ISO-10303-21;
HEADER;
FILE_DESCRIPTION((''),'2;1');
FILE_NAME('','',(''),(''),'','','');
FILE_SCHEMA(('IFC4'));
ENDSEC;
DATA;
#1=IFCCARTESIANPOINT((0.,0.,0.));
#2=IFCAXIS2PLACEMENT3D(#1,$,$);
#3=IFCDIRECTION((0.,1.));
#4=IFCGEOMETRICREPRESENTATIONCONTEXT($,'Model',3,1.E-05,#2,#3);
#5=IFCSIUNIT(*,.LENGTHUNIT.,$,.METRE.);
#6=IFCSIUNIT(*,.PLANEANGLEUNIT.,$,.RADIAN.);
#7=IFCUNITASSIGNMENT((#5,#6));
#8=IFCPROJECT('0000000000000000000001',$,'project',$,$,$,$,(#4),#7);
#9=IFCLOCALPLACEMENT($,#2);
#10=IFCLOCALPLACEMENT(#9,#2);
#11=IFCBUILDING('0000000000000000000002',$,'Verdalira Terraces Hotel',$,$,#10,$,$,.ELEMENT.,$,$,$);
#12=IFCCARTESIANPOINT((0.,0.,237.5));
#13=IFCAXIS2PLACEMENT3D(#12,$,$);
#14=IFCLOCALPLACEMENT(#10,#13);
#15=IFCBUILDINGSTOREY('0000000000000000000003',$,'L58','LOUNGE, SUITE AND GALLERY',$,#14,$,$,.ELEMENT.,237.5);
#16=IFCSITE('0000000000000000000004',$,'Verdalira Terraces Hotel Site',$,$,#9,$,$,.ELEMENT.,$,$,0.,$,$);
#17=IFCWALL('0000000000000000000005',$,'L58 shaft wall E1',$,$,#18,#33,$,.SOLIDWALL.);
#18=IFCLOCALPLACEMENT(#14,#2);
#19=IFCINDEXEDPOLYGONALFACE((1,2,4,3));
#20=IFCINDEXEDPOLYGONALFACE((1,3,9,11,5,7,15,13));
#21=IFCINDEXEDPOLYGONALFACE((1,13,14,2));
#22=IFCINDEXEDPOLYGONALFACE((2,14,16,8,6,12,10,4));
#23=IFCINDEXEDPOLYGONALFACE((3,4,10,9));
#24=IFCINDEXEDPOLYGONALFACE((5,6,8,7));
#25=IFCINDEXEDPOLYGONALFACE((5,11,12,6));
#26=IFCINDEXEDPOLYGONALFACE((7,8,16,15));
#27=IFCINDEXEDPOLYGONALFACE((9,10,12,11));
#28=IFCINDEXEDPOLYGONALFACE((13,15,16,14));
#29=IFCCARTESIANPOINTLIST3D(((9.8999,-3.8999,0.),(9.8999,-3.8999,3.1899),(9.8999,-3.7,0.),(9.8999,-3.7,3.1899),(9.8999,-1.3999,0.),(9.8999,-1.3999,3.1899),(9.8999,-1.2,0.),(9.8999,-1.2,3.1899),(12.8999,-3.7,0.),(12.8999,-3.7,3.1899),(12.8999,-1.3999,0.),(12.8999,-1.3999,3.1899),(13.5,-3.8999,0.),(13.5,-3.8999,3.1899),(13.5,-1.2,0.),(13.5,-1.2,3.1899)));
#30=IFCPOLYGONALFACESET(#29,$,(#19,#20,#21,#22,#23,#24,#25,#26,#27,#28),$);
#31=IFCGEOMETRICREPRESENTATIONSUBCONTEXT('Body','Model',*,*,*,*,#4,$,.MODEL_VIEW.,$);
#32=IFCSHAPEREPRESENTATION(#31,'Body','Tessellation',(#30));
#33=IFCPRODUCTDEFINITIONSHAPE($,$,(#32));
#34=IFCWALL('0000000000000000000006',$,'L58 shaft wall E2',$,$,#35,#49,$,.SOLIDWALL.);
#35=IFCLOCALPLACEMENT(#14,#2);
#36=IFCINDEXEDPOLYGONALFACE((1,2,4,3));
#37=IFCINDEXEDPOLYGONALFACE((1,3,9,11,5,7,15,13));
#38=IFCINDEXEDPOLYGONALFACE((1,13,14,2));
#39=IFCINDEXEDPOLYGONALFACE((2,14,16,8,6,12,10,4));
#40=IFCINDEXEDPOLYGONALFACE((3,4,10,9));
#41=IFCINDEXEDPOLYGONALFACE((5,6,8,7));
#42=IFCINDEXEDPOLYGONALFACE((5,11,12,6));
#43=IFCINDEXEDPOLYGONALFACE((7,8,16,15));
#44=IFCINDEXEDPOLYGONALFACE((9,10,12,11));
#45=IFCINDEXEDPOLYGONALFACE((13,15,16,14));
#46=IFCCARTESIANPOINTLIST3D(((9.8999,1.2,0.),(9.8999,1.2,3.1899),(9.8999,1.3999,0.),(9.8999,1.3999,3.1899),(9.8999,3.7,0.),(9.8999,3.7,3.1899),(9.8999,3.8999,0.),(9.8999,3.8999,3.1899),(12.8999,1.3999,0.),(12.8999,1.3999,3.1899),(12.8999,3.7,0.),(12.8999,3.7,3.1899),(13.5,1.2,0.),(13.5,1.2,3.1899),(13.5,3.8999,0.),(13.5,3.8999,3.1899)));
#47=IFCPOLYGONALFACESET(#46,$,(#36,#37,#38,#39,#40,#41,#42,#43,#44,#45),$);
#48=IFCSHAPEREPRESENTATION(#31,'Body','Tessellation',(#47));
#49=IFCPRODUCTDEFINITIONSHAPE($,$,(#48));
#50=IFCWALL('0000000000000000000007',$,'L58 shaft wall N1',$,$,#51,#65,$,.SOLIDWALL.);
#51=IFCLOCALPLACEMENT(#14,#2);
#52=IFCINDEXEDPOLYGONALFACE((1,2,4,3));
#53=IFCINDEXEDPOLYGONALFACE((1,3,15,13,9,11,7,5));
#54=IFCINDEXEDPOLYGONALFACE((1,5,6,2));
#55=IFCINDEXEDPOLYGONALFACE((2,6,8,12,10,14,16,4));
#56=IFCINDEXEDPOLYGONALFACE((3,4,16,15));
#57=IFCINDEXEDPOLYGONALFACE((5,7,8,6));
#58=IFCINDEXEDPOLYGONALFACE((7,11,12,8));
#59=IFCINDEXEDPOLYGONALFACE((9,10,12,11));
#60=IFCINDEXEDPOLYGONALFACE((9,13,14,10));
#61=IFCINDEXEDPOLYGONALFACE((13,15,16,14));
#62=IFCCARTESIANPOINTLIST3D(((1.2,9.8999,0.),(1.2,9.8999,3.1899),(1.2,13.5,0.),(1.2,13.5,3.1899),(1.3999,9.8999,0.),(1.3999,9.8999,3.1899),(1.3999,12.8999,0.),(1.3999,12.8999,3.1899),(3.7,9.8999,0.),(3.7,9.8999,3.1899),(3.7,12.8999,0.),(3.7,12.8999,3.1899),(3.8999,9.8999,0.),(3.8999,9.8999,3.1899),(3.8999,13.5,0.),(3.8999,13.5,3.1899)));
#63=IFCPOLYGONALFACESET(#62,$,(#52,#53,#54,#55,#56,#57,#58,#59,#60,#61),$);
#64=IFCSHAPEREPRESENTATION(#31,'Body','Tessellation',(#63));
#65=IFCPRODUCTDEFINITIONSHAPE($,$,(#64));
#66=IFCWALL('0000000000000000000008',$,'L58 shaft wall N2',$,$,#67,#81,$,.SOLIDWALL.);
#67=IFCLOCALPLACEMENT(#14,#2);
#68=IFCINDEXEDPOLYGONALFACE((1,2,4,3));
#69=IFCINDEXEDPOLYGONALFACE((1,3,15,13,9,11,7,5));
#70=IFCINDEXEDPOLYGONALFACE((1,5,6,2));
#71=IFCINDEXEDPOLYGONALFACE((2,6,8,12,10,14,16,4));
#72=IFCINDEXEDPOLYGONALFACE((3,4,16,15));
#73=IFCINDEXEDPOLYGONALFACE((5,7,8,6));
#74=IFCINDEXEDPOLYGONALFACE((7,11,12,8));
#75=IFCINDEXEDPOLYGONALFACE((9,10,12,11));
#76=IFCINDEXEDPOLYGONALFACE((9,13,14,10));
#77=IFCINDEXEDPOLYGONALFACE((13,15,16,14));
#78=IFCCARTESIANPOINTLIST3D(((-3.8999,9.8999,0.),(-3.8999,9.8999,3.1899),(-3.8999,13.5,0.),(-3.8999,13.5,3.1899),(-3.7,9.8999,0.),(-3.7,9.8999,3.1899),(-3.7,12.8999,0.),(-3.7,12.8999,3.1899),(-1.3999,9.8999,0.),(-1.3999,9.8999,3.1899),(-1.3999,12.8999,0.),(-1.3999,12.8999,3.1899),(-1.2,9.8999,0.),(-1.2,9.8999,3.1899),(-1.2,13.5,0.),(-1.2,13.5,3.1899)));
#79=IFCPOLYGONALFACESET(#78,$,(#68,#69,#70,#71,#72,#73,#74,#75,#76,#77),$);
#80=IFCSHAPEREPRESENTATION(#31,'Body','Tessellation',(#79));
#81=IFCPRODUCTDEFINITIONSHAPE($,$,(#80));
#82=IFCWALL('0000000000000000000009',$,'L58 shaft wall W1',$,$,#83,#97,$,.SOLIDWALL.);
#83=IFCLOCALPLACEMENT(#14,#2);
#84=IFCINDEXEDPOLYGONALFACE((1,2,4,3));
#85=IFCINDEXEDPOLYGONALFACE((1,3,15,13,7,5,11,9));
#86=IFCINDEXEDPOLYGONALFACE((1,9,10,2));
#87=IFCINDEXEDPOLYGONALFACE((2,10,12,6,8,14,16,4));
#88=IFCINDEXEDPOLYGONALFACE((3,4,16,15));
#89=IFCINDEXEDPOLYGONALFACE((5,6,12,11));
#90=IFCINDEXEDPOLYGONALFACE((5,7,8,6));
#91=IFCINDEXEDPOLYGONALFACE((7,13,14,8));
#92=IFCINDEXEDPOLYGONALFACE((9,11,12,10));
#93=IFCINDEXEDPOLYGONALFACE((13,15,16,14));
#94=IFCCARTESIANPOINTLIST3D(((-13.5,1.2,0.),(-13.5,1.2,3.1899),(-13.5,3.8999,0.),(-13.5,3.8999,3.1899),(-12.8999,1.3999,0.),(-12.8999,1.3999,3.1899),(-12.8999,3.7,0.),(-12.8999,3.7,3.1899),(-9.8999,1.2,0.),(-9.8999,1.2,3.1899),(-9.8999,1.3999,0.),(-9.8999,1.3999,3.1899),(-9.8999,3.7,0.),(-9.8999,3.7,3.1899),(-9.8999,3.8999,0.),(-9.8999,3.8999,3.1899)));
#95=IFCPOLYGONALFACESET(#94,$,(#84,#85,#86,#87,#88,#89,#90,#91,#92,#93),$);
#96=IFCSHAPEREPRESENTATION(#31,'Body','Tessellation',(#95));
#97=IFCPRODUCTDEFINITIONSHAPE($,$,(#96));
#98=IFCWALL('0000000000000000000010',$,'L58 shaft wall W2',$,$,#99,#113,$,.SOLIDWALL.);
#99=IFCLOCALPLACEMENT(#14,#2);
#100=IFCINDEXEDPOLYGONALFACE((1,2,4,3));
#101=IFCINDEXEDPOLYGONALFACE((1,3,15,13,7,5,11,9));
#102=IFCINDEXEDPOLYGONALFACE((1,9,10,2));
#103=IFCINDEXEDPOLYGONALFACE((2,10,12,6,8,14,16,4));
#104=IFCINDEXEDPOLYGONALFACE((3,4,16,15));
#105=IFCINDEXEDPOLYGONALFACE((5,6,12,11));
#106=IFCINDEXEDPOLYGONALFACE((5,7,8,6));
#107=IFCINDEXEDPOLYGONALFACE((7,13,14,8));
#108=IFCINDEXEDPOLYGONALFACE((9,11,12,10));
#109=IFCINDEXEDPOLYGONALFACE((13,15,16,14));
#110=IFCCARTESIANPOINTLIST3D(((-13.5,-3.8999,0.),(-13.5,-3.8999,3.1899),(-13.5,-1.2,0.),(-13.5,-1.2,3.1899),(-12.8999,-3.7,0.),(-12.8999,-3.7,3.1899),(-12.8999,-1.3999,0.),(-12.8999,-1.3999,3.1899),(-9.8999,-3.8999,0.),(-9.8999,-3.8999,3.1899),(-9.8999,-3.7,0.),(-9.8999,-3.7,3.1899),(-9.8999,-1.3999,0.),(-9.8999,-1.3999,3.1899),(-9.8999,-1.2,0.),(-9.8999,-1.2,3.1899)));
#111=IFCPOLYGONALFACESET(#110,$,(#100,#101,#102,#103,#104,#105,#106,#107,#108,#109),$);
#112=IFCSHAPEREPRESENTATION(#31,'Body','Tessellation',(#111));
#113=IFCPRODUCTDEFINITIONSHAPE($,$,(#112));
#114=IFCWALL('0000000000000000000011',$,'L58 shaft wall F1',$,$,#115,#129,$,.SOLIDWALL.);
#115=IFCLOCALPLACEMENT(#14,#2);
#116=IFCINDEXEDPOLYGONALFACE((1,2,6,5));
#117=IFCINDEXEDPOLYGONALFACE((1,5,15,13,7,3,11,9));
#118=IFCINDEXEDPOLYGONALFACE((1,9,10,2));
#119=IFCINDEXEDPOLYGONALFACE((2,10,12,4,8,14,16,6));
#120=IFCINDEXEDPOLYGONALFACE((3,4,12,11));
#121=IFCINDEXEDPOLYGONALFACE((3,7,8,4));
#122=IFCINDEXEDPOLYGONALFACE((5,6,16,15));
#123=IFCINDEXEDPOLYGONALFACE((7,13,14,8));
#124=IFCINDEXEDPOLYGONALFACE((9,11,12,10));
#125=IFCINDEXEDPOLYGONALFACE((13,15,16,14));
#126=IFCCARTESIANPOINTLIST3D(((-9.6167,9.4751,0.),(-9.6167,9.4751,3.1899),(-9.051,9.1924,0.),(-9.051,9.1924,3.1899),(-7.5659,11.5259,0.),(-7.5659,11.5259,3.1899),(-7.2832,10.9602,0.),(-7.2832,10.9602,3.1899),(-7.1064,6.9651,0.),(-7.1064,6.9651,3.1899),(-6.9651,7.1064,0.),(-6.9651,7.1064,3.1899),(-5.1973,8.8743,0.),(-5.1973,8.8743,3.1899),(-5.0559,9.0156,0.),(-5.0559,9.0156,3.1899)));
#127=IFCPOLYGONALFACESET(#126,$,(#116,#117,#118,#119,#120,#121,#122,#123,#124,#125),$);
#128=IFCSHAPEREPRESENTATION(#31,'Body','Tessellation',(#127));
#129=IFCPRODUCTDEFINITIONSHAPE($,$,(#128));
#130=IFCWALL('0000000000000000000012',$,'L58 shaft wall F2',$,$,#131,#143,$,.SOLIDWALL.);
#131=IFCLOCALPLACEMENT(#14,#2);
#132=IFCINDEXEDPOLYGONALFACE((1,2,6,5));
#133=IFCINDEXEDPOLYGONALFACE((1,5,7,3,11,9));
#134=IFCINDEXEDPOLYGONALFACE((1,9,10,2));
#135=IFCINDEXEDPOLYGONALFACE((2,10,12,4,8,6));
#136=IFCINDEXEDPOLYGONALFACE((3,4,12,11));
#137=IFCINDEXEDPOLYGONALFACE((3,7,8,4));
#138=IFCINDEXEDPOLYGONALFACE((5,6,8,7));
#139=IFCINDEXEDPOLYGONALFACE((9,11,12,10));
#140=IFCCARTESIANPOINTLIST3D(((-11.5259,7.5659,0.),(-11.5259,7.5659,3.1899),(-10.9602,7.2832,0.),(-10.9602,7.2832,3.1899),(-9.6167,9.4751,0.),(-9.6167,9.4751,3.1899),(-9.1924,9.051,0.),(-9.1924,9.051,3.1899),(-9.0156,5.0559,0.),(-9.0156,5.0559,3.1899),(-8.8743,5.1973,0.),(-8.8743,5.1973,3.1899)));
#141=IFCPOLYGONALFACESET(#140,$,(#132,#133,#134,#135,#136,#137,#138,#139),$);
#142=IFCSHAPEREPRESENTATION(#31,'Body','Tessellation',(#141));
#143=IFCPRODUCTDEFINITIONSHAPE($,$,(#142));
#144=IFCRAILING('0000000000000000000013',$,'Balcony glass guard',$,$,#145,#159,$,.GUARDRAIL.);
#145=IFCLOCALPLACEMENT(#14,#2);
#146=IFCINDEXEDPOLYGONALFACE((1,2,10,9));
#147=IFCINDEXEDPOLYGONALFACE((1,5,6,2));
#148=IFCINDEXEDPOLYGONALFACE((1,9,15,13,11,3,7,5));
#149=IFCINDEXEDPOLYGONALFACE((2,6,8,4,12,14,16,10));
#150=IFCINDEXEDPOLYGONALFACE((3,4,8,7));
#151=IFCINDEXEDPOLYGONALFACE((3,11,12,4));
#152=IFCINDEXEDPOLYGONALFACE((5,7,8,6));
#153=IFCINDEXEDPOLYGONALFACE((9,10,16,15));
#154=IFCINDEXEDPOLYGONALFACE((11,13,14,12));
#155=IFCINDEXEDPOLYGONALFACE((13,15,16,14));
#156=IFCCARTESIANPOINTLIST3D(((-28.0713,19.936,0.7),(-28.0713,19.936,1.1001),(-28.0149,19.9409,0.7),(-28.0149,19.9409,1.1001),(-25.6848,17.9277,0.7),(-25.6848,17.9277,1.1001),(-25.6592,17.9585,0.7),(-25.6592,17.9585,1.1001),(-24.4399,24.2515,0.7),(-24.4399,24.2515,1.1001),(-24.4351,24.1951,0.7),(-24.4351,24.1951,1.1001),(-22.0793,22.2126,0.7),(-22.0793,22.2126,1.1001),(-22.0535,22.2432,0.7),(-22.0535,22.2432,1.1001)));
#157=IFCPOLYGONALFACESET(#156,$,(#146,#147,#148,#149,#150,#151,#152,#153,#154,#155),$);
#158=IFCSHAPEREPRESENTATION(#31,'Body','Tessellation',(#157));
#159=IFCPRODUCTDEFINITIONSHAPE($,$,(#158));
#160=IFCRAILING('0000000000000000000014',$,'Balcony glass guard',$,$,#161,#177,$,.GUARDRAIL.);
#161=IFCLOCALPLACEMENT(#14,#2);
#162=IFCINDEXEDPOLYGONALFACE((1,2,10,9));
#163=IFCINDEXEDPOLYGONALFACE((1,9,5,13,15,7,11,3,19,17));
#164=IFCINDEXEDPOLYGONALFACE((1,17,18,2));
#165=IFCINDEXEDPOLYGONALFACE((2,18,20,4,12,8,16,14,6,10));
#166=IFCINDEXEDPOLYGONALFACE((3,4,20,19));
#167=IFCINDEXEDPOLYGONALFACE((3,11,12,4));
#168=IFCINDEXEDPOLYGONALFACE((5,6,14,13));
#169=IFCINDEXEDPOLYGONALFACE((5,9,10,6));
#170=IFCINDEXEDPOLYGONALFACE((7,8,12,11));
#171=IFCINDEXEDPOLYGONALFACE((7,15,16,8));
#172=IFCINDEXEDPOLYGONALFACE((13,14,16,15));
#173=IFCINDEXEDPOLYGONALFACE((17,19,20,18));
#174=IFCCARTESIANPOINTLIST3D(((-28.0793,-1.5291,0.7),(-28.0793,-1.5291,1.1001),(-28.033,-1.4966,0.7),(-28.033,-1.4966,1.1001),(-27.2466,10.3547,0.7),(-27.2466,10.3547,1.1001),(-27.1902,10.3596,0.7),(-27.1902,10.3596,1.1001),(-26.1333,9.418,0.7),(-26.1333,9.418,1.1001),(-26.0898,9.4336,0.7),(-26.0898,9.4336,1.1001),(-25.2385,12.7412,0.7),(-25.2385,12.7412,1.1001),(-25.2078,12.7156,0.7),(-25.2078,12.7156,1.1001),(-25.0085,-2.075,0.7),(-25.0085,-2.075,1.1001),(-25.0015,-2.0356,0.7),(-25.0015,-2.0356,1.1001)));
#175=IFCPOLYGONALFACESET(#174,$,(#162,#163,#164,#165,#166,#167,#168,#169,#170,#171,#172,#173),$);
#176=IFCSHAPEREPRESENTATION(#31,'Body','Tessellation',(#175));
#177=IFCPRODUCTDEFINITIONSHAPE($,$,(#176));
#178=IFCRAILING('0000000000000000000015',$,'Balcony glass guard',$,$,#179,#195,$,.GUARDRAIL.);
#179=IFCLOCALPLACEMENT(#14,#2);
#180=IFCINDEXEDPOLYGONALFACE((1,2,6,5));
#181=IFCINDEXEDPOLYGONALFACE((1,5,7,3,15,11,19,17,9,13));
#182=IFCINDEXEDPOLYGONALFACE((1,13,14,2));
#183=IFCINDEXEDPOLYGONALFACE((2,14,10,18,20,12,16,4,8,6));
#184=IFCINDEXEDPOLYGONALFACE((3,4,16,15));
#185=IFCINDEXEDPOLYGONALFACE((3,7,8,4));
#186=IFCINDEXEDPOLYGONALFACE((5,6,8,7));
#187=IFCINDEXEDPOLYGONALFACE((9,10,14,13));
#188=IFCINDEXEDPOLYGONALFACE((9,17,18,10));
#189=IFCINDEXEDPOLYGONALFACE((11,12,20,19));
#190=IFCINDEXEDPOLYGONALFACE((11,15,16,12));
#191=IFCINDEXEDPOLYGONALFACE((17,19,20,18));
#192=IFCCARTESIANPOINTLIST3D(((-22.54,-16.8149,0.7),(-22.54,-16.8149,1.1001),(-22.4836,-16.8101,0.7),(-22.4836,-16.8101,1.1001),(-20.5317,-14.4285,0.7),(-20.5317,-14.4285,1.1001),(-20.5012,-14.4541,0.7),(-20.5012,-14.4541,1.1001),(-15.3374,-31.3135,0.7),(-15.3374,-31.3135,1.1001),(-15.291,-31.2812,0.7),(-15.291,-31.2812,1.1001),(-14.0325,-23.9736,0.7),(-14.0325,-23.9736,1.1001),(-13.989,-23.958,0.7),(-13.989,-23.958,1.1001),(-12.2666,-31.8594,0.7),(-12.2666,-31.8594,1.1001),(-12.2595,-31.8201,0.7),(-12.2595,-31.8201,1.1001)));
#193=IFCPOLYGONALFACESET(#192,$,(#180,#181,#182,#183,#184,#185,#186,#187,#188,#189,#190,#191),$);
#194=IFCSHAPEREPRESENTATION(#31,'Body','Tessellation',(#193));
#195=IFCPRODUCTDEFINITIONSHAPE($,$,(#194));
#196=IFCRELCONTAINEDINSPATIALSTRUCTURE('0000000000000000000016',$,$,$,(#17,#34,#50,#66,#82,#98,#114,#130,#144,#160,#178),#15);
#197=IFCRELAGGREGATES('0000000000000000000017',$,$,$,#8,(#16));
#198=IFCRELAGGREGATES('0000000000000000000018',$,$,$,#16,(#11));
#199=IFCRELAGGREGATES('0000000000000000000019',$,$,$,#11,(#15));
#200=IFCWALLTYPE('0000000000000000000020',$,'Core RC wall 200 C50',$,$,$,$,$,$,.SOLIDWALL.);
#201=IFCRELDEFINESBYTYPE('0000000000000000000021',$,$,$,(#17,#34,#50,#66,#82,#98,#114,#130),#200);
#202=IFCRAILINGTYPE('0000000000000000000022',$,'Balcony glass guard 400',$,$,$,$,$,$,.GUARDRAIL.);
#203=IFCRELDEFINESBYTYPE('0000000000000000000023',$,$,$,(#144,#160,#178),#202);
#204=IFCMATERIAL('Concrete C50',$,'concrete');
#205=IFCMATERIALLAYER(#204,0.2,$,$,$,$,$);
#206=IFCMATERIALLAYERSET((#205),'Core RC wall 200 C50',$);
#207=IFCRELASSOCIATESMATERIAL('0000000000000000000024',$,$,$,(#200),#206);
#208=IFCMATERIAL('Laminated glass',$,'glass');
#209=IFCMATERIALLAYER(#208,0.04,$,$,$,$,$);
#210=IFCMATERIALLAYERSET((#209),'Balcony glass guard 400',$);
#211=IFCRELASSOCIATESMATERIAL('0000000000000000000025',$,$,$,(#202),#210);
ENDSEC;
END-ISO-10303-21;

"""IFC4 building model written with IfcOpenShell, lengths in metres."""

from ifc_helpers import new_model, si_unit, direction, frame, origin, place, context, subcontext, project, spatial, polyline, outline, extrude, material, layer, layer_set, type_object, element, save


model = new_model("IFC4")

# Units and contexts
model_context = context("Model", 3, precision=1e-05, world=origin(), true_north=direction((0.0, 1.0)))
body_context = subcontext(model_context, "Body", "Model", "MODEL_VIEW")
ifc_project = project(units=[si_unit("LENGTHUNIT", "METRE"), si_unit("PLANEANGLEUNIT", "RADIAN")], contexts=[model_context])

# Site, building, storey
site_placement = place(None, origin())
site = spatial("IfcSite", under=ifc_project, at=site_placement, Name="Verdalira Terraces Hotel Site", CompositionType="ELEMENT", RefElevation=0.0)
building_placement = place(site_placement, origin())
building = spatial("IfcBuilding", under=site, at=building_placement, Name="Verdalira Terraces Hotel", CompositionType="ELEMENT")
storey_placement = place(building_placement, frame((0.0, 0.0, 237.5)))
storey = spatial("IfcBuildingStorey", under=building, at=storey_placement, Name="L58", Description="LOUNGE, SUITE AND GALLERY", CompositionType="ELEMENT", Elevation=237.5)

# Walls
ifc_material_1 = material(Name="Concrete C50", Category="concrete")
ifc_layer_1 = layer(ifc_material_1, 0.2)
ifc_layer_set_1 = layer_set([ifc_layer_1], Name="Core RC wall 200 C50")
wall_type = type_object("IfcWallType", Name="Core RC wall 200 C50", PredefinedType="SOLIDWALL", material=ifc_layer_set_1)
wall_1_placement = place(storey_placement, origin())
element("IfcWall", 1, at=wall_1_placement, inside=storey, type_object=wall_type, Name="L58 shaft wall E1", PredefinedType="SOLIDWALL", context=body_context, shape_type="SweptSolid", body=[
    extrude(outline(polyline([(13.5, -3.8999), (9.8999, -3.8999), (9.8999, -3.7), (12.8999, -3.7), (12.8999, -1.3999), (9.8999, -1.3999), (9.8999, -1.2), (13.5, -1.2), (13.5, -3.8999)])), origin(), (0.0, 0.0, 1.0), 3.1899),
])
wall_2_placement = place(storey_placement, origin())
element("IfcWall", 2, at=wall_2_placement, inside=storey, type_object=wall_type, Name="L58 shaft wall E2", PredefinedType="SOLIDWALL", context=body_context, shape_type="SweptSolid", body=[
    extrude(outline(polyline([(13.5, 3.8999), (13.5, 1.2), (9.8999, 1.2), (9.8999, 1.3999), (12.8999, 1.3999), (12.8999, 3.7), (9.8999, 3.7), (9.8999, 3.8999), (13.5, 3.8999)])), origin(), (0.0, 0.0, 1.0), 3.1899),
])
wall_3_placement = place(storey_placement, origin())
element("IfcWall", 3, at=wall_3_placement, inside=storey, type_object=wall_type, Name="L58 shaft wall N1", PredefinedType="SOLIDWALL", context=body_context, shape_type="SweptSolid", body=[
    extrude(outline(polyline([(3.8999, 9.8999), (3.7, 9.8999), (3.7, 12.8999), (1.3999, 12.8999), (1.3999, 9.8999), (1.2, 9.8999), (1.2, 13.5), (3.8999, 13.5), (3.8999, 9.8999)])), origin(), (0.0, 0.0, 1.0), 3.1899),
])
wall_4_placement = place(storey_placement, origin())
element("IfcWall", 4, at=wall_4_placement, inside=storey, type_object=wall_type, Name="L58 shaft wall N2", PredefinedType="SOLIDWALL", context=body_context, shape_type="SweptSolid", body=[
    extrude(outline(polyline([(-3.8999, 13.5), (-1.2, 13.5), (-1.2, 9.8999), (-1.3999, 9.8999), (-1.3999, 12.8999), (-3.7, 12.8999), (-3.7, 9.8999), (-3.8999, 9.8999), (-3.8999, 13.5)])), origin(), (0.0, 0.0, 1.0), 3.1899),
])
wall_5_placement = place(storey_placement, origin())
element("IfcWall", 5, at=wall_5_placement, inside=storey, type_object=wall_type, Name="L58 shaft wall W1", PredefinedType="SOLIDWALL", context=body_context, shape_type="SweptSolid", body=[
    extrude(outline(polyline([(-13.5, 3.8999), (-9.8999, 3.8999), (-9.8999, 3.7), (-12.8999, 3.7), (-12.8999, 1.3999), (-9.8999, 1.3999), (-9.8999, 1.2), (-13.5, 1.2), (-13.5, 3.8999)])), origin(), (0.0, 0.0, 1.0), 3.1899),
])
wall_6_placement = place(storey_placement, origin())
element("IfcWall", 6, at=wall_6_placement, inside=storey, type_object=wall_type, Name="L58 shaft wall W2", PredefinedType="SOLIDWALL", context=body_context, shape_type="SweptSolid", body=[
    extrude(outline(polyline([(-13.5, -3.8999), (-13.5, -1.2), (-9.8999, -1.2), (-9.8999, -1.3999), (-12.8999, -1.3999), (-12.8999, -3.7), (-9.8999, -3.7), (-9.8999, -3.8999), (-13.5, -3.8999)])), origin(), (0.0, 0.0, 1.0), 3.1899),
])
wall_7_placement = place(storey_placement, origin())
element("IfcWall", 7, at=wall_7_placement, inside=storey, type_object=wall_type, Name="L58 shaft wall F1", PredefinedType="SOLIDWALL", context=body_context, shape_type="SweptSolid", body=[
    extrude(outline(polyline([(-9.6167, 9.4751), (-7.5659, 11.5259), (-5.0559, 9.0156), (-5.1973, 8.8743), (-7.2832, 10.9602), (-9.051, 9.1924), (-6.9651, 7.1064), (-7.1064, 6.9651), (-9.6167, 9.4751)])), origin(), (0.0, 0.0, 1.0), 3.1899),
])
wall_8_placement = place(storey_placement, origin())
element("IfcWall", 8, at=wall_8_placement, inside=storey, type_object=wall_type, Name="L58 shaft wall F2", PredefinedType="SOLIDWALL", context=body_context, shape_type="SweptSolid", body=[
    extrude(outline(polyline([(-11.5259, 7.5659), (-9.6167, 9.4751), (-9.1924, 9.051), (-10.9602, 7.2832), (-8.8743, 5.1973), (-9.0156, 5.0559), (-11.5259, 7.5659)])), origin(), (0.0, 0.0, 1.0), 3.1899),
])

# Railings
ifc_material_2 = material(Name="Laminated glass", Category="glass")
ifc_layer_2 = layer(ifc_material_2, 0.04)
ifc_layer_set_2 = layer_set([ifc_layer_2], Name="Balcony glass guard 400")
railing_type = type_object("IfcRailingType", Name="Balcony glass guard 400", PredefinedType="GUARDRAIL", material=ifc_layer_set_2)
railing_1_placement = place(storey_placement, frame((0.0, 0.0, 0.7)))
element("IfcRailing", 9, at=railing_1_placement, inside=storey, type_object=railing_type, Name="Balcony glass guard", PredefinedType="GUARDRAIL", context=body_context, shape_type="SweptSolid", body=[
    extrude(outline(polyline([(-24.4351, 24.1951), (-28.0149, 19.9409), (-25.6592, 17.9585), (-25.6848, 17.9277), (-28.0713, 19.936), (-24.4399, 24.2515), (-22.0535, 22.2432), (-22.0793, 22.2126), (-24.4351, 24.1951)])), origin(), (0.0, 0.0, 1.0), 0.4001),
])
railing_2_placement = place(storey_placement, frame((0.0, 0.0, 0.7)))
element("IfcRailing", 10, at=railing_2_placement, inside=storey, type_object=railing_type, Name="Balcony glass guard", PredefinedType="GUARDRAIL", context=body_context, shape_type="SweptSolid", body=[
    extrude(outline(polyline([(-27.1902, 10.3596), (-26.0898, 9.4336), (-28.033, -1.4966), (-25.0015, -2.0356), (-25.0085, -2.075), (-28.0793, -1.5291), (-26.1333, 9.418), (-27.2466, 10.3547), (-25.2385, 12.7412), (-25.2078, 12.7156), (-27.1902, 10.3596)])), origin(), (0.0, 0.0, 1.0), 0.4001),
])
railing_3_placement = place(storey_placement, frame((0.0, 0.0, 0.7)))
element("IfcRailing", 11, at=railing_3_placement, inside=storey, type_object=railing_type, Name="Balcony glass guard", PredefinedType="GUARDRAIL", context=body_context, shape_type="SweptSolid", body=[
    extrude(outline(polyline([(-22.4836, -16.8101), (-13.989, -23.958), (-15.291, -31.2812), (-12.2595, -31.8201), (-12.2666, -31.8594), (-15.3374, -31.3135), (-14.0325, -23.9736), (-22.54, -16.8149), (-20.5317, -14.4285), (-20.5012, -14.4541), (-22.4836, -16.8101)])), origin(), (0.0, 0.0, 1.0), 0.4001),
])

save(model, "model.ifc")
